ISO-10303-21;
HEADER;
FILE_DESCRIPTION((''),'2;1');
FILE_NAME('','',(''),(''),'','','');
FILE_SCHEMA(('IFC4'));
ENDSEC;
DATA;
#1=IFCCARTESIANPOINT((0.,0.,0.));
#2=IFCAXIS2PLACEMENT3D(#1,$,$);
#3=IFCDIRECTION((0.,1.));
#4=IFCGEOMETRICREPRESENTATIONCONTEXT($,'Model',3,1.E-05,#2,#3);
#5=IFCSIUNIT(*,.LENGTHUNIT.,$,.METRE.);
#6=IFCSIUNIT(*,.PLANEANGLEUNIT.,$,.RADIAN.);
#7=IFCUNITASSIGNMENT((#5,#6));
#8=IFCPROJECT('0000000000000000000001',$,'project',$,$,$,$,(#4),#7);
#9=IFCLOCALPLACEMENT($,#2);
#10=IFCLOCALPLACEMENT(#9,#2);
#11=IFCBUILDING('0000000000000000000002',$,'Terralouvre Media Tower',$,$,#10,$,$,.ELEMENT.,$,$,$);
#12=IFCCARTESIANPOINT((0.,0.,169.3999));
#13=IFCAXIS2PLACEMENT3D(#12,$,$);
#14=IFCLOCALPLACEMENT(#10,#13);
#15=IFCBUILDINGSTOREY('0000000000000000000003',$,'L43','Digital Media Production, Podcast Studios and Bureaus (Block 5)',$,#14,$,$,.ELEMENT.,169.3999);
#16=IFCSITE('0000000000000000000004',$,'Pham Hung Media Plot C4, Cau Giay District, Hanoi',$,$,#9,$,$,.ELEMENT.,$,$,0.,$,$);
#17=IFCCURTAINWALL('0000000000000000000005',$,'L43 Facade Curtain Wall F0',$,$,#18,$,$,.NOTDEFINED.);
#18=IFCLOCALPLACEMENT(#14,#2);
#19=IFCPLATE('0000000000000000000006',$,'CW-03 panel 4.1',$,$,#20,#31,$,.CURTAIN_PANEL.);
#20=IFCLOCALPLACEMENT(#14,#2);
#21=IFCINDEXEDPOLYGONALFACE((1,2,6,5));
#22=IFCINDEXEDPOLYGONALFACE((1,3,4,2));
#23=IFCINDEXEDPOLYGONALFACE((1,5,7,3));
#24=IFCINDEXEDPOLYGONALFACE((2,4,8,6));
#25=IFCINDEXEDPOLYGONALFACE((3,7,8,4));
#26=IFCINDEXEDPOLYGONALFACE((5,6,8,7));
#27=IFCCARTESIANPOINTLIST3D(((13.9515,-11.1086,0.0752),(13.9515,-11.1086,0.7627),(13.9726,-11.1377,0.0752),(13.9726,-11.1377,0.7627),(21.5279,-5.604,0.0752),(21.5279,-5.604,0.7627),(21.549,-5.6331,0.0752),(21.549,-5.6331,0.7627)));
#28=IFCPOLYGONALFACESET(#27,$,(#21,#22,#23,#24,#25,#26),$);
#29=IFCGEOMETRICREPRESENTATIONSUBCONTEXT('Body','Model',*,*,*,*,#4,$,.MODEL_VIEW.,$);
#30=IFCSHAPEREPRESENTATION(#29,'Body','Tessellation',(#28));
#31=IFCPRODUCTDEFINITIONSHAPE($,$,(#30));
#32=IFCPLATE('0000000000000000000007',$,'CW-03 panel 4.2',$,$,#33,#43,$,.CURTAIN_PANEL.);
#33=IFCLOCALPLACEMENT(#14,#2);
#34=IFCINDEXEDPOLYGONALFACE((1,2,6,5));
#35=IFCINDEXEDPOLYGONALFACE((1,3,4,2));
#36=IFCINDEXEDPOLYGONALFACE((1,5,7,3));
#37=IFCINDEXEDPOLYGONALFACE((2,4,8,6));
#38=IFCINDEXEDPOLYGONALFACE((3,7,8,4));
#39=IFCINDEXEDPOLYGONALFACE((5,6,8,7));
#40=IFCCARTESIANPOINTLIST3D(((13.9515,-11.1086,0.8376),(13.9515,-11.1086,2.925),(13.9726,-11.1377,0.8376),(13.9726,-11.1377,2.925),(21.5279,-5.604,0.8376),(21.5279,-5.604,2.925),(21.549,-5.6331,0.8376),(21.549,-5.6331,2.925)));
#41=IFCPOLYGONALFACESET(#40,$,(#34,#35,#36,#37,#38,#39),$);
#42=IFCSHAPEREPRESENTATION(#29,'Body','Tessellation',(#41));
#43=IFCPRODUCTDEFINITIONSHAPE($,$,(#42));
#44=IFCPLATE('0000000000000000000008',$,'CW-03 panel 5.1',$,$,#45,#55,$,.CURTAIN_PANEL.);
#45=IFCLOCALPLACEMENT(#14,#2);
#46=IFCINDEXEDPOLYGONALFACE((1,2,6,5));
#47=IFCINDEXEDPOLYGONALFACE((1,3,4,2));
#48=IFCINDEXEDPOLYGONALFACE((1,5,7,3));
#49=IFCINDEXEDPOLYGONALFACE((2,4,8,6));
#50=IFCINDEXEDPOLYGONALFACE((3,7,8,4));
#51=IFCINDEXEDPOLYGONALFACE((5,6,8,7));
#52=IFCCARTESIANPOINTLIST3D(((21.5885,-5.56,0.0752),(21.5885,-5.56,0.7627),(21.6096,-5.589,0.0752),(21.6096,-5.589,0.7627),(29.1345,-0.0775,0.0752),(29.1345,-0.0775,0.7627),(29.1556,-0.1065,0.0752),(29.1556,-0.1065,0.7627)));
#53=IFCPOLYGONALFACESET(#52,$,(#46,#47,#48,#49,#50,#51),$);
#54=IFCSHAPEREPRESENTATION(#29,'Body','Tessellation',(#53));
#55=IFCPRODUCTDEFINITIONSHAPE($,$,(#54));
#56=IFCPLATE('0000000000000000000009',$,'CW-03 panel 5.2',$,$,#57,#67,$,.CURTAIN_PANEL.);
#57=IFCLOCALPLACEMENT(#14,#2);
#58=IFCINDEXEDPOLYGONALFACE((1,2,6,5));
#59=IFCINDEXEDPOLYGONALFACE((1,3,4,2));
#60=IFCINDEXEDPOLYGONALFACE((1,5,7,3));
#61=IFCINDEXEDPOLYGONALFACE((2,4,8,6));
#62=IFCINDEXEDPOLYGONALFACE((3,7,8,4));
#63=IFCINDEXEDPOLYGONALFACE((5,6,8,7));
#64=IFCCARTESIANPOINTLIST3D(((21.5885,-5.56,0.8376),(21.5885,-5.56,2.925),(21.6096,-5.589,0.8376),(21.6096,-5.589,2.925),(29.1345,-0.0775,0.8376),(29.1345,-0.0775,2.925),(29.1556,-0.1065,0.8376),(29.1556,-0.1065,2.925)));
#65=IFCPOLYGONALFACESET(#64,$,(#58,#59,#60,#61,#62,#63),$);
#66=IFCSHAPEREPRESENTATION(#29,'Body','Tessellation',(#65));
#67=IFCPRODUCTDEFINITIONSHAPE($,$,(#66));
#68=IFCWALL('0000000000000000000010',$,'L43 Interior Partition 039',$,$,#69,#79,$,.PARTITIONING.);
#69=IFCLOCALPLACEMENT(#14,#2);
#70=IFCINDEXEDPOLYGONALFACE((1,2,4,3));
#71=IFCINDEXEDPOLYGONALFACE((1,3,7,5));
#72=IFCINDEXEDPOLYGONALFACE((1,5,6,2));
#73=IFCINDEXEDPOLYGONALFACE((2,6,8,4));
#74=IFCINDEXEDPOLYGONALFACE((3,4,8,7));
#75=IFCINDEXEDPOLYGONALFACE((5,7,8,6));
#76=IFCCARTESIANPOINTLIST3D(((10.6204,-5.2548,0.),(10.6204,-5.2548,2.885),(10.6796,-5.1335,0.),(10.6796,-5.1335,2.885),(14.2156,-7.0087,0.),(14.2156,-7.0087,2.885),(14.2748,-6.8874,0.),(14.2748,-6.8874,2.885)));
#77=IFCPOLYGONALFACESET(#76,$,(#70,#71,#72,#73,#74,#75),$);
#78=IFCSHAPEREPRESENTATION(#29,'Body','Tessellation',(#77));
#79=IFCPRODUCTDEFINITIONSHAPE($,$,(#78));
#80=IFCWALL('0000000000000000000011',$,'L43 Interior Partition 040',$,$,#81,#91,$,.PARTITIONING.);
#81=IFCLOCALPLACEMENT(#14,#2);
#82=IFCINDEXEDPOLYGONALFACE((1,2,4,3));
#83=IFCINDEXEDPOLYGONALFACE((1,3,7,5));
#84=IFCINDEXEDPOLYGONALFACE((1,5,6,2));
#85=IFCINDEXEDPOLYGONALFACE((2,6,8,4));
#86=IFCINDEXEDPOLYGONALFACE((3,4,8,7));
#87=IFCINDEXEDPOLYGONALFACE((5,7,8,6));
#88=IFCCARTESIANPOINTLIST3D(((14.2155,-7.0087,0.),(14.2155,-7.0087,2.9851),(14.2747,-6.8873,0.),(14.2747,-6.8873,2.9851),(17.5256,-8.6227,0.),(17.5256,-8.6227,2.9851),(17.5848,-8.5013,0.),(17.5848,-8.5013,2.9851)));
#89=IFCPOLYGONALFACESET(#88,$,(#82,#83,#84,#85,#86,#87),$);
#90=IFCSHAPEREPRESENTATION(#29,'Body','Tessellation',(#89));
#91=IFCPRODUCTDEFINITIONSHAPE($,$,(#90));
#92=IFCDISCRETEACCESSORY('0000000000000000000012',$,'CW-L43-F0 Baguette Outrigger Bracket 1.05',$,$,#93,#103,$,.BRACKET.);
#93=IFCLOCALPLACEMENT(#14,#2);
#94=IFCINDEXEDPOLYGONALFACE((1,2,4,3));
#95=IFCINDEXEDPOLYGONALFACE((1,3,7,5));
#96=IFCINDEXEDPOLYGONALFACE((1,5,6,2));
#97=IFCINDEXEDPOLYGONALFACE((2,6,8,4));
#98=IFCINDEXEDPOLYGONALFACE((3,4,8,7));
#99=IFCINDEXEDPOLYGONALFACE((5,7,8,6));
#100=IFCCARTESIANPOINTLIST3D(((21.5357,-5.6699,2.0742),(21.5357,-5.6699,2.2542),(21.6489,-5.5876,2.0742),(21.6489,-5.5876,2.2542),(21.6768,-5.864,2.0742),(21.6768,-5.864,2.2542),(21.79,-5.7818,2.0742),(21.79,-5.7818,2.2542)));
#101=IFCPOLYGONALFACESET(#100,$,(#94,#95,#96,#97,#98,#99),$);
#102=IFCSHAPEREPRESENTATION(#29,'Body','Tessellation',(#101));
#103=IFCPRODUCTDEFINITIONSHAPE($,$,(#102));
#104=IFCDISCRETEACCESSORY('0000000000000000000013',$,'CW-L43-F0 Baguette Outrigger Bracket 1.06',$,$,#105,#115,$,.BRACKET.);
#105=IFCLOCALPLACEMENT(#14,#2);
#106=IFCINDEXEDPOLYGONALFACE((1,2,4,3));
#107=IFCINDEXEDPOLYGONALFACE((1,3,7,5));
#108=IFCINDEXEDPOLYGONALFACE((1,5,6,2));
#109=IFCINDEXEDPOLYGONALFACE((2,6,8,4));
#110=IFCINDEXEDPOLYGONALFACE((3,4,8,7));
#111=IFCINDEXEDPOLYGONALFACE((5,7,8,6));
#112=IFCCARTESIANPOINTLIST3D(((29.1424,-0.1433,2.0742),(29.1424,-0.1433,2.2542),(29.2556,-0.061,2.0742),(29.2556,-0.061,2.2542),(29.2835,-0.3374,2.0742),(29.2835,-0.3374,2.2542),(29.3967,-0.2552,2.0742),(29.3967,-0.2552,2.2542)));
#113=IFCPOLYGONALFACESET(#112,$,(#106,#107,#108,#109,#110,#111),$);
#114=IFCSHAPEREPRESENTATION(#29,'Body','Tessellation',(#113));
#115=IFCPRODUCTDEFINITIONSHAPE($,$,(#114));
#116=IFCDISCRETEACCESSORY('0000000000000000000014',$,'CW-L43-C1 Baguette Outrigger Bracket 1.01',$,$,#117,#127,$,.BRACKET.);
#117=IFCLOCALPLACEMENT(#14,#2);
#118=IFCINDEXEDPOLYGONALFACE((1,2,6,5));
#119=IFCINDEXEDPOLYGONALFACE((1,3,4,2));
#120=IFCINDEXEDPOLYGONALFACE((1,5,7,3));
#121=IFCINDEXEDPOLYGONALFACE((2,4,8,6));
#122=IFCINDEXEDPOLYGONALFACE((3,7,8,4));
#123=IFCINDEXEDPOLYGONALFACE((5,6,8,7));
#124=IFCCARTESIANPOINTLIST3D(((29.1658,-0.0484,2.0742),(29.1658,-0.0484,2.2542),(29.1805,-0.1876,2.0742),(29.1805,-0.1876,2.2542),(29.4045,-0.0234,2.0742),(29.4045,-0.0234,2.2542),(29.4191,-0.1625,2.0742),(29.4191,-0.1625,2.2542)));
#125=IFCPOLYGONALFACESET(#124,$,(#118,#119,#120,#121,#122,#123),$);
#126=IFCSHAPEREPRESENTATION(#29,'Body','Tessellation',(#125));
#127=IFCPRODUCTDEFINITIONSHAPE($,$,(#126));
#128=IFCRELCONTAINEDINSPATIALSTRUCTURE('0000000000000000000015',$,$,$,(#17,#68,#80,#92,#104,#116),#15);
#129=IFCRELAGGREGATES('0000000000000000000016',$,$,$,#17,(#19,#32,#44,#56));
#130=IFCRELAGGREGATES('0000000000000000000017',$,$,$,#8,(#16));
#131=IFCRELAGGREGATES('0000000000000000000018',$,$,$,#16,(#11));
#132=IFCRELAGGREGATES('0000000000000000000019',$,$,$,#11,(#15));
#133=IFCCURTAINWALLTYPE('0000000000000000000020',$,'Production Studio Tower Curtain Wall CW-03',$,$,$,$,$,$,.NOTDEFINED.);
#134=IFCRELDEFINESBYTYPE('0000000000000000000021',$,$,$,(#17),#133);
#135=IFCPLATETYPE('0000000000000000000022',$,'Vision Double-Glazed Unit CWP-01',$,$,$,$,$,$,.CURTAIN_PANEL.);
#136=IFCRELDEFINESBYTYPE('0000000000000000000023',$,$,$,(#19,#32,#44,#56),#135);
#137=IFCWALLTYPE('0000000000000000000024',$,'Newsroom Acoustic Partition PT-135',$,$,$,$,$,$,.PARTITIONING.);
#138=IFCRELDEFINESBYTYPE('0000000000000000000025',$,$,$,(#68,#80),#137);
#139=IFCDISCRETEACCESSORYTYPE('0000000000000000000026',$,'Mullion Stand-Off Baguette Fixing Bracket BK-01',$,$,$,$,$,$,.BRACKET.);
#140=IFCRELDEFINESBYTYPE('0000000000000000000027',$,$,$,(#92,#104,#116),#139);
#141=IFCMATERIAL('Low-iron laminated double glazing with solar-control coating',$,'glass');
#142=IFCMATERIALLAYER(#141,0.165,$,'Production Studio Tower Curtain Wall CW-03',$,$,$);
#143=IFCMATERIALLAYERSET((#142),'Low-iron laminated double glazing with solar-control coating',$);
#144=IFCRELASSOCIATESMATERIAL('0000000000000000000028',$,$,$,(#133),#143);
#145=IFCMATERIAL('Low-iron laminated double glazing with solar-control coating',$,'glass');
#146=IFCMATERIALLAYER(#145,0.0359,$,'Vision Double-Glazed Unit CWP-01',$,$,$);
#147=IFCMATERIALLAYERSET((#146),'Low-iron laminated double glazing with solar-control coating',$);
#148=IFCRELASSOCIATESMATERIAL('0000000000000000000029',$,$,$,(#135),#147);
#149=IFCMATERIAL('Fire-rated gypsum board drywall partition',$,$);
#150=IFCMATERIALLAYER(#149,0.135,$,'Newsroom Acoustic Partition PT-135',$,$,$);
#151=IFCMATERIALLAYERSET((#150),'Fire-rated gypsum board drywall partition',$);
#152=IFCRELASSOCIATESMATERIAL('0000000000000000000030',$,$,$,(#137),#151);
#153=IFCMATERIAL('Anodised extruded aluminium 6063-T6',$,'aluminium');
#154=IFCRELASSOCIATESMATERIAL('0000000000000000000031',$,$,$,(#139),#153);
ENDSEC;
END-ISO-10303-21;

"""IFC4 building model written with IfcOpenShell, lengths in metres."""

from ifc_helpers import new_model, si_unit, direction, frame, frame_2d, origin, origin_2d, place, context, subcontext, project, spatial, rectangle, extrude, material, layer, layer_set, type_object, element, aggregate, save


model = new_model("IFC4")

# Units and contexts
model_context = context("Model", 3, precision=1e-05, world=origin(), true_north=direction((0.0, 1.0)))
body_context = subcontext(model_context, "Body", "Model", "MODEL_VIEW")
ifc_project = project(units=[si_unit("LENGTHUNIT", "METRE"), si_unit("PLANEANGLEUNIT", "RADIAN")], contexts=[model_context])

# Site, building, storey
site_placement = place(None, origin())
site = spatial("IfcSite", under=ifc_project, at=site_placement, Name="Pham Hung Media Plot C4, Cau Giay District, Hanoi", CompositionType="ELEMENT", RefElevation=0.0)
building_placement = place(site_placement, origin())
building = spatial("IfcBuilding", under=site, at=building_placement, Name="Terralouvre Media Tower", CompositionType="ELEMENT")
storey_placement = place(building_placement, frame((0.0, 0.0, 169.3999)))
storey = spatial("IfcBuildingStorey", under=building, at=storey_placement, Name="L43", Description="Digital Media Production, Podcast Studios and Bureaus (Block 5)", CompositionType="ELEMENT", Elevation=169.3999)

# Curtain wall
ifc_material_1 = material(Name="Low-iron laminated double glazing with solar-control coating", Category="glass")
ifc_layer_1 = layer(ifc_material_1, 0.165, Name="Production Studio Tower Curtain Wall CW-03")
ifc_layer_set_1 = layer_set([ifc_layer_1], Name="Low-iron laminated double glazing with solar-control coating")
curtain_wall_type_1 = type_object("IfcCurtainWallType", Name="Production Studio Tower Curtain Wall CW-03", PredefinedType="NOTDEFINED", material=ifc_layer_set_1)
curtain_wall_1_placement = place(storey_placement, origin())
curtain_wall_1 = element("IfcCurtainWall", 1, at=curtain_wall_1_placement, inside=storey, type_object=curtain_wall_type_1, Name="L43 Facade Curtain Wall F0", PredefinedType="NOTDEFINED")

# Plates
ifc_material_2 = material(Name="Low-iron laminated double glazing with solar-control coating", Category="glass")
ifc_layer_2 = layer(ifc_material_2, 0.0359, Name="Vision Double-Glazed Unit CWP-01")
ifc_layer_set_2 = layer_set([ifc_layer_2], Name="Low-iron laminated double glazing with solar-control coating")
plate_type = type_object("IfcPlateType", Name="Vision Double-Glazed Unit CWP-01", PredefinedType="CURTAIN_PANEL", material=ifc_layer_set_2)
plate_1_placement = place(storey_placement, frame((17.7502, -8.3708, 0.0752), z_axis=(0.0, 0.0, 1.0), x_axis=(0.809017, 0.587785, 0.0)))
plate_1 = element("IfcPlate", 2, at=plate_1_placement, type_object=plate_type, Name="CW-03 panel 4.1", PredefinedType="CURTAIN_PANEL", context=body_context, shape_type="SweptSolid", body=[
    extrude(rectangle(XDim=9.365, YDim=0.0359, at=origin_2d()), origin(), (0.0, 0.0, 1.0), 0.6875),
])
plate_2_placement = place(storey_placement, frame((17.7502, -8.3708, 0.8376), z_axis=(0.0, 0.0, 1.0), x_axis=(0.809017, 0.587785, 0.0)))
plate_2 = element("IfcPlate", 3, at=plate_2_placement, type_object=plate_type, Name="CW-03 panel 4.2", PredefinedType="CURTAIN_PANEL", context=body_context, shape_type="SweptSolid", body=[
    extrude(rectangle(XDim=9.365, YDim=0.0359, at=origin_2d()), origin(), (0.0, 0.0, 1.0), 2.0874),
])
plate_3_placement = place(storey_placement, frame((25.3721, -2.8333, 0.0752), z_axis=(0.0, 0.0, 1.0), x_axis=(0.809017, 0.587785, 0.0)))
plate_3 = element("IfcPlate", 4, at=plate_3_placement, type_object=plate_type, Name="CW-03 panel 5.1", PredefinedType="CURTAIN_PANEL", context=body_context, shape_type="SweptSolid", body=[
    extrude(rectangle(XDim=9.3274, YDim=0.0359, at=origin_2d()), origin(), (0.0, 0.0, 1.0), 0.6875),
])
plate_4_placement = place(storey_placement, frame((25.3721, -2.8333, 0.8376), z_axis=(0.0, 0.0, 1.0), x_axis=(0.809017, 0.587785, 0.0)))
plate_4 = element("IfcPlate", 5, at=plate_4_placement, type_object=plate_type, Name="CW-03 panel 5.2", PredefinedType="CURTAIN_PANEL", context=body_context, shape_type="SweptSolid", body=[
    extrude(rectangle(XDim=9.3274, YDim=0.0359, at=origin_2d()), origin(), (0.0, 0.0, 1.0), 2.0874),
])
aggregate(curtain_wall_1, [plate_1, plate_2, plate_3, plate_4])

# Walls
ifc_material_3 = material(Name="Fire-rated gypsum board drywall partition")
ifc_layer_3 = layer(ifc_material_3, 0.135, Name="Newsroom Acoustic Partition PT-135")
ifc_layer_set_3 = layer_set([ifc_layer_3], Name="Fire-rated gypsum board drywall partition")
wall_type = type_object("IfcWallType", Name="Newsroom Acoustic Partition PT-135", PredefinedType="PARTITIONING", material=ifc_layer_set_3)
wall_1_placement = place(storey_placement, frame((14.2451, -6.948, 0.0), z_axis=(0.0, 0.0, 1.0), x_axis=(-0.898754, 0.438452, 0.0)))
element("IfcWall", 6, at=wall_1_placement, inside=storey, type_object=wall_type, Name="L43 Interior Partition 039", PredefinedType="PARTITIONING", context=body_context, shape_type="SweptSolid", body=[
    extrude(rectangle(XDim=4.0002, YDim=0.135, at=frame_2d((2.0, 0.0))), origin(), (0.0, 0.0, 1.0), 2.885),
])
wall_2_placement = place(storey_placement, frame((17.5552, -8.562, 0.0), z_axis=(0.0, 0.0, 1.0), x_axis=(-0.898838, 0.438281, 0.0)))
element("IfcWall", 7, at=wall_2_placement, inside=storey, type_object=wall_type, Name="L43 Interior Partition 040", PredefinedType="PARTITIONING", context=body_context, shape_type="SweptSolid", body=[
    extrude(rectangle(XDim=3.6826, YDim=0.135, at=frame_2d((1.8413, 0.0))), origin(), (0.0, 0.0, 1.0), 2.9851),
])

# Discrete accessories
ifc_material_4 = material(Name="Anodised extruded aluminium 6063-T6", Category="aluminium")
discrete_accessory_type = type_object("IfcDiscreteAccessoryType", Name="Mullion Stand-Off Baguette Fixing Bracket BK-01", PredefinedType="BRACKET", material=ifc_material_4)
for number, where, z_axis, x_axis, name in (
    (8, (21.6628, -5.7258, 2.0742), (0.0, 0.0, 1.0), (0.809017, 0.587785, 0.0), "CW-L43-F0 Baguette Outrigger Bracket 1.05"),
    (9, (29.2695, -0.1992, 2.0742), (0.0, 0.0, 1.0), (0.809017, 0.587785, 0.0), "CW-L43-F0 Baguette Outrigger Bracket 1.06"),
    (10, (29.2925, -0.1055, 2.0742), (0.0, 0.0, 1.0), (-0.104529, 0.994522, 0.0), "CW-L43-C1 Baguette Outrigger Bracket 1.01"),
):
    element("IfcDiscreteAccessory", number, at=place(storey_placement, frame(where, z_axis=z_axis, x_axis=x_axis)), inside=storey, type_object=discrete_accessory_type, Name=name, PredefinedType="BRACKET", context=body_context, shape_type="SweptSolid", body=[
        extrude(rectangle(XDim=0.1399, YDim=0.24, at=origin_2d()), origin(), (0.0, 0.0, 1.0), 0.1799),
    ])

save(model, "model.ifc")
